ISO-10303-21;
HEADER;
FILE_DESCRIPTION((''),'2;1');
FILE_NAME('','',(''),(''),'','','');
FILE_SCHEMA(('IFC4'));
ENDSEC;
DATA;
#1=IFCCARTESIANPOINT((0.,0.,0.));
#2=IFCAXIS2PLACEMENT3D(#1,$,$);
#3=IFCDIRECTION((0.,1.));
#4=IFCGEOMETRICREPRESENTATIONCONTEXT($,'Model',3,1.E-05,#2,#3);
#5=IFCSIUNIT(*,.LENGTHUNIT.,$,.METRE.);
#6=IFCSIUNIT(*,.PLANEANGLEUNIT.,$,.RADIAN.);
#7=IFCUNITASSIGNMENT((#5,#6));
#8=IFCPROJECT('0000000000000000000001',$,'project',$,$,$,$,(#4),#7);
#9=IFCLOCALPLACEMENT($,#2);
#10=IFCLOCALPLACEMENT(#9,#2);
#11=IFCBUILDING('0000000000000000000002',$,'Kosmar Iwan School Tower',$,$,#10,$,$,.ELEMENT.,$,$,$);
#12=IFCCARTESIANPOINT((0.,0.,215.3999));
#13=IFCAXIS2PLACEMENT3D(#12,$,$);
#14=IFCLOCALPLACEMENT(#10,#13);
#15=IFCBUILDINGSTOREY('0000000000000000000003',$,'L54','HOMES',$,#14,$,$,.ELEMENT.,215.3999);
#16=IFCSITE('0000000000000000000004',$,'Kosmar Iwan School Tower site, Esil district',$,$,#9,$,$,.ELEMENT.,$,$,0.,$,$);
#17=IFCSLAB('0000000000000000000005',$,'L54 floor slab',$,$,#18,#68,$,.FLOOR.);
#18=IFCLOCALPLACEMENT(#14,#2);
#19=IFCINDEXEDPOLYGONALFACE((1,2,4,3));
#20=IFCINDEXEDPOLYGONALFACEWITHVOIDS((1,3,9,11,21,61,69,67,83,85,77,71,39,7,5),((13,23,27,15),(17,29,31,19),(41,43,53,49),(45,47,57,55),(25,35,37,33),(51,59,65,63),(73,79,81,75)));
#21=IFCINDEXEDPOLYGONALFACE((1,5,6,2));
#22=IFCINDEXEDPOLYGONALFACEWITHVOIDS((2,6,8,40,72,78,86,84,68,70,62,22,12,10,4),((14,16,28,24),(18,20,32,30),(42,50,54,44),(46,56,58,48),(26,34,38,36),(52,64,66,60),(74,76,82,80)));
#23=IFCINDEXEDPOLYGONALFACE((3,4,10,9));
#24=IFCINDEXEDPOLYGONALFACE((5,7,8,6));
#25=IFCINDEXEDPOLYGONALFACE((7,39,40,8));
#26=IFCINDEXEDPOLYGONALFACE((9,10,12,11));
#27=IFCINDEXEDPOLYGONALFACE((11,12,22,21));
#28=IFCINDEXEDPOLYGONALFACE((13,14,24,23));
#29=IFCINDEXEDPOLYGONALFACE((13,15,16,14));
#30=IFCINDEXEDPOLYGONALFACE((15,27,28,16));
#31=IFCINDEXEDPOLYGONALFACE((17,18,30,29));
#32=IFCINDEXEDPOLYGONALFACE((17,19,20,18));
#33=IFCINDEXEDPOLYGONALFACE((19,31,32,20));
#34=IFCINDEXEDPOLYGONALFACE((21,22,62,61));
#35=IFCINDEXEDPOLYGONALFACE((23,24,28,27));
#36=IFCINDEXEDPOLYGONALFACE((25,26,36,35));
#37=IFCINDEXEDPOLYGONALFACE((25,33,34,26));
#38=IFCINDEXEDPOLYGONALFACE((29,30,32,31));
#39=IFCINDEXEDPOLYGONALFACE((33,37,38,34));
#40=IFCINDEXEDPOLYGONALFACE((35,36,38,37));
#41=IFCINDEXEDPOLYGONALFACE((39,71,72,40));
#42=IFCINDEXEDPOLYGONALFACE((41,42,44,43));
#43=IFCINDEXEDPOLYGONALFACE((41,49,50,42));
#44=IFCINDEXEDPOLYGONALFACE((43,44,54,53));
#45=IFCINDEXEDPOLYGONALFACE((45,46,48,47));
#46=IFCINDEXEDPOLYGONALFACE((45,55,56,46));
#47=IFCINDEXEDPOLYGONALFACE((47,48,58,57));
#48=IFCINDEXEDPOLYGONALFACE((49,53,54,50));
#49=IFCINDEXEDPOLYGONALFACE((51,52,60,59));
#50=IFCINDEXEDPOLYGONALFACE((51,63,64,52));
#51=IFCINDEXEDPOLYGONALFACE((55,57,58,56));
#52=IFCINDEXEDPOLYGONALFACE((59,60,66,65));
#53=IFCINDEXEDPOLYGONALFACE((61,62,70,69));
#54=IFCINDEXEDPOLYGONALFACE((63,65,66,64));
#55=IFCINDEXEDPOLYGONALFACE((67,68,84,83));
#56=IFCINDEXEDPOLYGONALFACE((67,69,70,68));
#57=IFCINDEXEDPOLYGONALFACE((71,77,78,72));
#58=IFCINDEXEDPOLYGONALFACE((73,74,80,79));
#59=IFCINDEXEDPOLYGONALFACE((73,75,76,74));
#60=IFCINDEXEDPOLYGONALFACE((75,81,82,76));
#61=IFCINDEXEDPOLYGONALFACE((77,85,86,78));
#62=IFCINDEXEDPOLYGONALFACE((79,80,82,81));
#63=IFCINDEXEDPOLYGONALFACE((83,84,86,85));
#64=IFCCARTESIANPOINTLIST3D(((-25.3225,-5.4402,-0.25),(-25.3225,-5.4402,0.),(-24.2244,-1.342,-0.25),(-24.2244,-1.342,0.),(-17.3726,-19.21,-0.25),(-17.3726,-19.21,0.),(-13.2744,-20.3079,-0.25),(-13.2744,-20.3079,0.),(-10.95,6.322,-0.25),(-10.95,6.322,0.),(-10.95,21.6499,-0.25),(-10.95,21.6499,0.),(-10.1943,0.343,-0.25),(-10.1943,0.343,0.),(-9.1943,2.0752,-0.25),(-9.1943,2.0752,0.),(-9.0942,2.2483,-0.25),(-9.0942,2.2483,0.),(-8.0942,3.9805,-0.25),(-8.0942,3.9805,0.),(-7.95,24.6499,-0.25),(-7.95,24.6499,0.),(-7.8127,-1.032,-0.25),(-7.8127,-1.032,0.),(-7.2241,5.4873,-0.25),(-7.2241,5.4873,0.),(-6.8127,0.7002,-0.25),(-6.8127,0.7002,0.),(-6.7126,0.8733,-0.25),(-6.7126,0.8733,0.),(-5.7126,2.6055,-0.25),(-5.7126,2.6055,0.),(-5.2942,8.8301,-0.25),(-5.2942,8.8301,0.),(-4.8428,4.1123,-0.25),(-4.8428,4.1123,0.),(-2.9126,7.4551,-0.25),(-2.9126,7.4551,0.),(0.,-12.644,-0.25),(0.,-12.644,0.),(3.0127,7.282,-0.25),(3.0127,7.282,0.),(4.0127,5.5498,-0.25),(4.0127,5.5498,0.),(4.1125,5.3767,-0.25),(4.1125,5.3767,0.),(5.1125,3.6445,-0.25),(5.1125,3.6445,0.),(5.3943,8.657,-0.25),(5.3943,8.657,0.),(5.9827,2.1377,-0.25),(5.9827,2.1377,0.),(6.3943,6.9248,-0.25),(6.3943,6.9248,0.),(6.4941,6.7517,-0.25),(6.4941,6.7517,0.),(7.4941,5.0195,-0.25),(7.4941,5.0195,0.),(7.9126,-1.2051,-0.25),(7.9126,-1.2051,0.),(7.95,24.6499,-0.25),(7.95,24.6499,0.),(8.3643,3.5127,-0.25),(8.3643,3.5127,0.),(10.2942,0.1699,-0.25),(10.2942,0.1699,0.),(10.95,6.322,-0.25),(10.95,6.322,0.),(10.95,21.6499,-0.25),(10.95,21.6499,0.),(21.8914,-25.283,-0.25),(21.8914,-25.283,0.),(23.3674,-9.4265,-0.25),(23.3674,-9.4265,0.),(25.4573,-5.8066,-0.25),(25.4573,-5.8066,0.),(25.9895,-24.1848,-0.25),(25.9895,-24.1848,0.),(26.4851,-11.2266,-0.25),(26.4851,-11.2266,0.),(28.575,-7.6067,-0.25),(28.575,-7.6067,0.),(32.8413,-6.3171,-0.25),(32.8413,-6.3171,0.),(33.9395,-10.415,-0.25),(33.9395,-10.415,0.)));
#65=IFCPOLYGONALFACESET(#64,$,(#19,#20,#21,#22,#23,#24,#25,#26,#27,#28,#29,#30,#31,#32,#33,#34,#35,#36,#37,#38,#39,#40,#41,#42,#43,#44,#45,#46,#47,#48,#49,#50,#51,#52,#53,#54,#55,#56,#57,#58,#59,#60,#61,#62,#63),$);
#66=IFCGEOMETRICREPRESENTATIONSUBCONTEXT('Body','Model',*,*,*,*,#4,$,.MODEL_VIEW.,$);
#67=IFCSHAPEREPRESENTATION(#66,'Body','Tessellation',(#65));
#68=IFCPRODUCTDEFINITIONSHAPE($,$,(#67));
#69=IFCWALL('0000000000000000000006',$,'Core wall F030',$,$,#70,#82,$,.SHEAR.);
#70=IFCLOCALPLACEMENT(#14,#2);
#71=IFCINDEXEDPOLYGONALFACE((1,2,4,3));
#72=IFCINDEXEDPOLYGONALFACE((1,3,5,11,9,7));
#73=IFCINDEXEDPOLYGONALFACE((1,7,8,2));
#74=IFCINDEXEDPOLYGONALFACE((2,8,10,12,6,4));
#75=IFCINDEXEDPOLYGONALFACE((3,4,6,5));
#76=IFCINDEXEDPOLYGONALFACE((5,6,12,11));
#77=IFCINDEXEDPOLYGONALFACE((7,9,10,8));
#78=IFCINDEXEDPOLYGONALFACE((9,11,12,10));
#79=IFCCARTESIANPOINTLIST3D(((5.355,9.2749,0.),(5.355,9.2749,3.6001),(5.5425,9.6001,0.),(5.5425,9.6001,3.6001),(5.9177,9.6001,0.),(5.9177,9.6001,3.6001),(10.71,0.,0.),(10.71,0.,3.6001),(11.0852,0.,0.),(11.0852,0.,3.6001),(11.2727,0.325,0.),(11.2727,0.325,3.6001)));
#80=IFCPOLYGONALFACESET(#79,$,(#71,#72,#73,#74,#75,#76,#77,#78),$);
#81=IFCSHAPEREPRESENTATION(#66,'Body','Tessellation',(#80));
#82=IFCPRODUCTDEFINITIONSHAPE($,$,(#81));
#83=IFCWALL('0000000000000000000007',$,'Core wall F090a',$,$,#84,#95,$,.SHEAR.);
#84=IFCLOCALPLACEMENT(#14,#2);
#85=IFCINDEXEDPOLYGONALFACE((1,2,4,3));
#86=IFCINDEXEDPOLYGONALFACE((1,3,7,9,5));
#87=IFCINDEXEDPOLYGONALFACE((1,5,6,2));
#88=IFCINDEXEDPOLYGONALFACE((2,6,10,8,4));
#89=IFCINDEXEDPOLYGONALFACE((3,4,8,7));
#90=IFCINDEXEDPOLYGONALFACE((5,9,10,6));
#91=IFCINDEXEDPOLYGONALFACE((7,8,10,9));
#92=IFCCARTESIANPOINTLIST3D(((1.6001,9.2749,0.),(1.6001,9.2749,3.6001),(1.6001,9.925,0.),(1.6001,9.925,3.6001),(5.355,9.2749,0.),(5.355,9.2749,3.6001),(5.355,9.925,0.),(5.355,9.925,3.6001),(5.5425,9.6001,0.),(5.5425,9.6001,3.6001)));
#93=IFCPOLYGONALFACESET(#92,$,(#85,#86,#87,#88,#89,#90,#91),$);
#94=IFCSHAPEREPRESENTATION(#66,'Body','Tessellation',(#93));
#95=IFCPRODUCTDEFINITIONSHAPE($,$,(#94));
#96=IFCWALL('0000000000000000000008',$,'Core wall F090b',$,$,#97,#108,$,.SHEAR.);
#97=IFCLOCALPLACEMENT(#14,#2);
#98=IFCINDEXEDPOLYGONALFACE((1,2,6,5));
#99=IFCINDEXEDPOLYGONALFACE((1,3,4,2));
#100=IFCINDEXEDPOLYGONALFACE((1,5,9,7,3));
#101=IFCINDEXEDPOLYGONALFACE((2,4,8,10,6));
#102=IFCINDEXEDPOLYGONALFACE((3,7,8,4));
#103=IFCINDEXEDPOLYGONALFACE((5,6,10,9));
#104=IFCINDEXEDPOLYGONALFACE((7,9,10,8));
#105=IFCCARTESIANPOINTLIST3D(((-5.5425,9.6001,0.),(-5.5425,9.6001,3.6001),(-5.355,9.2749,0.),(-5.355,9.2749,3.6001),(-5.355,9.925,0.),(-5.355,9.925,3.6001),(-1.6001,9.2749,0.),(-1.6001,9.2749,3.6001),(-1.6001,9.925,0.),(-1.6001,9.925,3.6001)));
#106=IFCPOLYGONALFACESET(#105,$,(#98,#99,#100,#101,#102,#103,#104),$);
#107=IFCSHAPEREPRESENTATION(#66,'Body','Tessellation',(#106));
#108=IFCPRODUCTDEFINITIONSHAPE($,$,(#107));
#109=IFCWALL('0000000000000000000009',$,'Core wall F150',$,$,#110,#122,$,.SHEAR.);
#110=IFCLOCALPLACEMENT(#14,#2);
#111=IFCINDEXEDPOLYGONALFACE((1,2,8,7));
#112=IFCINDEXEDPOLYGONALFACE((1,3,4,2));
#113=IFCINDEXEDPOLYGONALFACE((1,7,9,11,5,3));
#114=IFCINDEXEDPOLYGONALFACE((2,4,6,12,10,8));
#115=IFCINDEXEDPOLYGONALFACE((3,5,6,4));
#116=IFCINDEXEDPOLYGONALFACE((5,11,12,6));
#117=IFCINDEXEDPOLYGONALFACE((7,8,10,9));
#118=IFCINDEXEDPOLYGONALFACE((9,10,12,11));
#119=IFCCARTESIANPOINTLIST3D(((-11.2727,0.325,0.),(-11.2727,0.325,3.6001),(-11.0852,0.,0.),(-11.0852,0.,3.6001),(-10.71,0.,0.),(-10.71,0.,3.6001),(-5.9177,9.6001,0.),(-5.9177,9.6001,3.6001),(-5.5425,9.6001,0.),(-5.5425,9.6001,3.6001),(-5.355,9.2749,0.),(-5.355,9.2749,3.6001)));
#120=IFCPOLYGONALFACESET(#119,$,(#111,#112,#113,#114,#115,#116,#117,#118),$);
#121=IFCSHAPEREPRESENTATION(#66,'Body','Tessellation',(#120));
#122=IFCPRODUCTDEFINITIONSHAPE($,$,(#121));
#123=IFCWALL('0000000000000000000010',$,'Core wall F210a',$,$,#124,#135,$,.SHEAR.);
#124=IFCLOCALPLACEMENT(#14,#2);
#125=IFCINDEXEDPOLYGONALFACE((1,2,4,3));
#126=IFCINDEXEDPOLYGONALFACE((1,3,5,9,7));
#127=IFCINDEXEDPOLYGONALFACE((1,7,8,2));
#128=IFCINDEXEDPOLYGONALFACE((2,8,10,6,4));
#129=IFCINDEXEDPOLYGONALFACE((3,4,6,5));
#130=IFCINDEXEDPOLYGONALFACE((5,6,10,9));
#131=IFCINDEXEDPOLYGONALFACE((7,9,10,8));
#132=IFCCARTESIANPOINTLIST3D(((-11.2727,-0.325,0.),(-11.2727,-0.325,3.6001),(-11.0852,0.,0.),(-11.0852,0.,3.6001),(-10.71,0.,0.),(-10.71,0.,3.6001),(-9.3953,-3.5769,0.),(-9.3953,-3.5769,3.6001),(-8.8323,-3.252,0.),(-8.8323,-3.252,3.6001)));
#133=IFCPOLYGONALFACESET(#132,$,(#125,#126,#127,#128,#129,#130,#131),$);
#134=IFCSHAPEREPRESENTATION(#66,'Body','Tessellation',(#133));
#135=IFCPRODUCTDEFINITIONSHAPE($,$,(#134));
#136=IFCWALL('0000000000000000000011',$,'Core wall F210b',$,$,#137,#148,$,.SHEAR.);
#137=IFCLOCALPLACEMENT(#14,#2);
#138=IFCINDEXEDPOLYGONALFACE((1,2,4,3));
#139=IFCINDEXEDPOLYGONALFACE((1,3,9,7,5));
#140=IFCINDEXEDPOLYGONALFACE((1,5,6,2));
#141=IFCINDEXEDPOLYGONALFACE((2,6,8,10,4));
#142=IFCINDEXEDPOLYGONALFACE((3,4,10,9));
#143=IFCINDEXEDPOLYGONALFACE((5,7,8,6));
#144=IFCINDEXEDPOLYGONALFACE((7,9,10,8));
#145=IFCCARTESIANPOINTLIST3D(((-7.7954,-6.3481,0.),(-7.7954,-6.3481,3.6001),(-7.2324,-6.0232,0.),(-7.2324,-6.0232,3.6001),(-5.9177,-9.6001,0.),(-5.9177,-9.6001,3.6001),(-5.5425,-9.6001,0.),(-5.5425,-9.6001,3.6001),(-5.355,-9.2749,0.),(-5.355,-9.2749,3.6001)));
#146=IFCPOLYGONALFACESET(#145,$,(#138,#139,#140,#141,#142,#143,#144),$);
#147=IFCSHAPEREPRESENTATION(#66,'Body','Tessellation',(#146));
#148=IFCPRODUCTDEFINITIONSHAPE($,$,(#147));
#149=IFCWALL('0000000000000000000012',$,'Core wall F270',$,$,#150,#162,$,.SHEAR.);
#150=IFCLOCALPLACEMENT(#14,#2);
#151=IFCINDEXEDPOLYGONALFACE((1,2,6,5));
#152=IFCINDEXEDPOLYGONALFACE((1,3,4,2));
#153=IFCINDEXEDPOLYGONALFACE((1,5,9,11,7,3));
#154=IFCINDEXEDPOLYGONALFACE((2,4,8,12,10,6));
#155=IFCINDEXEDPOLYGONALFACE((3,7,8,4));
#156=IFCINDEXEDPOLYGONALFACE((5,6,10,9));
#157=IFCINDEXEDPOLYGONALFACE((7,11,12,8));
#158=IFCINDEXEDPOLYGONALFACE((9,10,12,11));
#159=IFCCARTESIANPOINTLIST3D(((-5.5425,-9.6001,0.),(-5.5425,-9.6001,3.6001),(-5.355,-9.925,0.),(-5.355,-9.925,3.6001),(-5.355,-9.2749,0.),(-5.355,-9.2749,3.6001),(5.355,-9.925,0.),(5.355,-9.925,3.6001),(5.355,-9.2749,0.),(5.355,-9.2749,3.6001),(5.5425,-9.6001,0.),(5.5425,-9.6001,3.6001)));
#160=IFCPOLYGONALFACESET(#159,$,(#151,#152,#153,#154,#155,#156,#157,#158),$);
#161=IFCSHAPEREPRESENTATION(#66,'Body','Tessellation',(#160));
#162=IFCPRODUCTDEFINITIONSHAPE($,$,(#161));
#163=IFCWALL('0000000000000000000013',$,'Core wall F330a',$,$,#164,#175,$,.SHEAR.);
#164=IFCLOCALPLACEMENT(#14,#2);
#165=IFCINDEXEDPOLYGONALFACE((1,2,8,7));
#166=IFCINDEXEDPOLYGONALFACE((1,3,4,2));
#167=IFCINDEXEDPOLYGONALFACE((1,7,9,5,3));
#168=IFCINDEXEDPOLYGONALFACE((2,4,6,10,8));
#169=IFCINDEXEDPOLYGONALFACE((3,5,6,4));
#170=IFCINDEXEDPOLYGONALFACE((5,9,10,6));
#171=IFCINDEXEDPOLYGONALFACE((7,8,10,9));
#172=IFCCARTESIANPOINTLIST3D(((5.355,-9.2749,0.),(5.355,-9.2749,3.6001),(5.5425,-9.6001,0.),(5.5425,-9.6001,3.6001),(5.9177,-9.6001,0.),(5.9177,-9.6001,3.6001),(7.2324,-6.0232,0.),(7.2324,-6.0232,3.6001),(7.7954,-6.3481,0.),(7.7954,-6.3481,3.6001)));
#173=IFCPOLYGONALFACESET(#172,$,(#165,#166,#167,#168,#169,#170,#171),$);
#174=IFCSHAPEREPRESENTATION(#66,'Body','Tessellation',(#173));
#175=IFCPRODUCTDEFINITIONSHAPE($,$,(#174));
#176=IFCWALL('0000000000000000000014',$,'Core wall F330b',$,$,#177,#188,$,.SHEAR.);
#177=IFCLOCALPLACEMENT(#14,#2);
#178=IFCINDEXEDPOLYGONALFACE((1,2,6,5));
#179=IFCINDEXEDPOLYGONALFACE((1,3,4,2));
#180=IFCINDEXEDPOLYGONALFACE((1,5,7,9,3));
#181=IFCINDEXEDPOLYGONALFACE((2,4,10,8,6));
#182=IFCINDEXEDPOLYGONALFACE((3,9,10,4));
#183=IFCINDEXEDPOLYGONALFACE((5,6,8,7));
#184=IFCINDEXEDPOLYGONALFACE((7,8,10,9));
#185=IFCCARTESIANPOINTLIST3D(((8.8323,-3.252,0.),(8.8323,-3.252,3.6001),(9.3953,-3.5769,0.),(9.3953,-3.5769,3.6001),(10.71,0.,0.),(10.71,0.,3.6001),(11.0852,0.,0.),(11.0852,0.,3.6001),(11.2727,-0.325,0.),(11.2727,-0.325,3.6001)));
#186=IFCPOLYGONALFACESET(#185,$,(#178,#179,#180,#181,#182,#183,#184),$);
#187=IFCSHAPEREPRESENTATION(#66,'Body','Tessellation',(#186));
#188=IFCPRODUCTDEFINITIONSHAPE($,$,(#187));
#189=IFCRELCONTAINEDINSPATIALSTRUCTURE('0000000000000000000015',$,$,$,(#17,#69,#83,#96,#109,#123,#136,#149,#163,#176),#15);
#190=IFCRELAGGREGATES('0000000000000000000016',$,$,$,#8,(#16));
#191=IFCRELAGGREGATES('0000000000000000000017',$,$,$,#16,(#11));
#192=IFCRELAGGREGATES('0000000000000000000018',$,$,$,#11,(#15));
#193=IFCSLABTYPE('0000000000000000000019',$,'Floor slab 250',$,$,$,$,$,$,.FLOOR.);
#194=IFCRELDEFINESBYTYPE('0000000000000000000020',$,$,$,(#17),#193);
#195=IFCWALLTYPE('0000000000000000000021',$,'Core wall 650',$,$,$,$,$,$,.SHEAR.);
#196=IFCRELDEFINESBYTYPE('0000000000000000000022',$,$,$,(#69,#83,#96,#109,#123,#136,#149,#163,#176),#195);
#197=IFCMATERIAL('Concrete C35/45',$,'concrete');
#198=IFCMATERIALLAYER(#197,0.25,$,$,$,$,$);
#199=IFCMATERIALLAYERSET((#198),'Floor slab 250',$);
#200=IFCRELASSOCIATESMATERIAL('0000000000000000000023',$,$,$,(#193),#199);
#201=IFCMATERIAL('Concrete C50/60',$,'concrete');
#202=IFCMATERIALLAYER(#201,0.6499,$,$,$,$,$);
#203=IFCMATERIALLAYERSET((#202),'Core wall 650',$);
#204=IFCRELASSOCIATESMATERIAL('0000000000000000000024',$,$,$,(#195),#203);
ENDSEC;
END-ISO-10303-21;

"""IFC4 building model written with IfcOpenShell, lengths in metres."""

from ifc_helpers import new_model, si_unit, direction, frame, origin, place, context, subcontext, project, spatial, polyline, outline, extrude, material, layer, layer_set, type_object, element, save


model = new_model("IFC4")

# Units and contexts
model_context = context("Model", 3, precision=1e-05, world=origin(), true_north=direction((0.0, 1.0)))
body_context = subcontext(model_context, "Body", "Model", "MODEL_VIEW")
ifc_project = project(units=[si_unit("LENGTHUNIT", "METRE"), si_unit("PLANEANGLEUNIT", "RADIAN")], contexts=[model_context])

# Site, building, storey
site_placement = place(None, origin())
site = spatial("IfcSite", under=ifc_project, at=site_placement, Name="Kosmar Iwan School Tower site, Esil district", CompositionType="ELEMENT", RefElevation=0.0)
building_placement = place(site_placement, origin())
building = spatial("IfcBuilding", under=site, at=building_placement, Name="Kosmar Iwan School Tower", CompositionType="ELEMENT")
storey_placement = place(building_placement, frame((0.0, 0.0, 215.3999)))
storey = spatial("IfcBuildingStorey", under=building, at=storey_placement, Name="L54", Description="HOMES", CompositionType="ELEMENT", Elevation=215.3999)

# Slab
ifc_material_1 = material(Name="Concrete C35/45", Category="concrete")
ifc_layer_1 = layer(ifc_material_1, 0.25)
ifc_layer_set_1 = layer_set([ifc_layer_1], Name="Floor slab 250")
slab_type = type_object("IfcSlabType", Name="Floor slab 250", PredefinedType="FLOOR", material=ifc_layer_set_1)
slab_placement = place(storey_placement, frame((0.0, 0.0, -0.25)))
element("IfcSlab", 1, at=slab_placement, inside=storey, type_object=slab_type, Name="L54 floor slab", PredefinedType="FLOOR", context=body_context, shape_type="SweptSolid", body=[
    extrude(outline(polyline([(21.8914, -25.283), (25.9895, -24.1848), (33.9395, -10.415), (32.8413, -6.3171), (10.95, 6.322), (10.95, 21.6499), (7.95, 24.6499), (-7.95, 24.6499), (-10.95, 21.6499), (-10.95, 6.322), (-24.2244, -1.342), (-25.3225, -5.4402), (-17.3726, -19.21), (-13.2744, -20.3079), (0.0, -12.644), (21.8914, -25.283)]), holes=[polyline([(7.9126, -1.2051), (10.2942, 0.1699), (8.3643, 3.5127), (5.9827, 2.1377), (7.9126, -1.2051)]), polyline([(-2.9126, 7.4551), (-5.2942, 8.8301), (-7.2241, 5.4873), (-4.8428, 4.1123), (-2.9126, 7.4551)]), polyline([(-5.7126, 2.6055), (-8.0942, 3.9805), (-9.0942, 2.2483), (-6.7126, 0.8733), (-5.7126, 2.6055)]), polyline([(-6.8127, 0.7002), (-9.1943, 2.0752), (-10.1943, 0.343), (-7.8127, -1.032), (-6.8127, 0.7002)]), polyline([(5.1125, 3.6445), (7.4941, 5.0195), (6.4941, 6.7517), (4.1125, 5.3767), (5.1125, 3.6445)]), polyline([(4.0127, 5.5498), (6.3943, 6.9248), (5.3943, 8.657), (3.0127, 7.282), (4.0127, 5.5498)]), polyline([(23.3674, -9.4265), (26.4851, -11.2266), (28.575, -7.6067), (25.4573, -5.8066), (23.3674, -9.4265)])]), origin(), (0.0, 0.0, 1.0), 0.25),
])

# Walls
ifc_material_2 = material(Name="Concrete C50/60", Category="concrete")
ifc_layer_2 = layer(ifc_material_2, 0.6499)
ifc_layer_set_2 = layer_set([ifc_layer_2], Name="Core wall 650")
wall_type_1 = type_object("IfcWallType", Name="Core wall 650", PredefinedType="SHEAR", material=ifc_layer_set_2)
wall_1_placement = place(storey_placement, origin())
element("IfcWall", 2, at=wall_1_placement, inside=storey, type_object=wall_type_1, Name="Core wall F030", PredefinedType="SHEAR", context=body_context, shape_type="SweptSolid", body=[
    extrude(outline(polyline([(10.71, 0.0), (11.0852, 0.0), (11.2727, 0.325), (5.9177, 9.6001), (5.5425, 9.6001), (5.355, 9.2749), (10.71, 0.0)])), origin(), (0.0, 0.0, 1.0), 3.6001),
])
wall_2_placement = place(storey_placement, origin())
element("IfcWall", 3, at=wall_2_placement, inside=storey, type_object=wall_type_1, Name="Core wall F090a", PredefinedType="SHEAR", context=body_context, shape_type="SweptSolid", body=[
    extrude(outline(polyline([(1.6001, 9.2749), (5.355, 9.2749), (5.5425, 9.6001), (5.355, 9.925), (1.6001, 9.925), (1.6001, 9.2749)])), origin(), (0.0, 0.0, 1.0), 3.6001),
])
wall_3_placement = place(storey_placement, origin())
element("IfcWall", 4, at=wall_3_placement, inside=storey, type_object=wall_type_1, Name="Core wall F090b", PredefinedType="SHEAR", context=body_context, shape_type="SweptSolid", body=[
    extrude(outline(polyline([(-5.355, 9.2749), (-1.6001, 9.2749), (-1.6001, 9.925), (-5.355, 9.925), (-5.5425, 9.6001), (-5.355, 9.2749)])), origin(), (0.0, 0.0, 1.0), 3.6001),
])
wall_4_placement = place(storey_placement, origin())
element("IfcWall", 5, at=wall_4_placement, inside=storey, type_object=wall_type_1, Name="Core wall F150", PredefinedType="SHEAR", context=body_context, shape_type="SweptSolid", body=[
    extrude(outline(polyline([(-11.0852, 0.0), (-10.71, 0.0), (-5.355, 9.2749), (-5.5425, 9.6001), (-5.9177, 9.6001), (-11.2727, 0.325), (-11.0852, 0.0)])), origin(), (0.0, 0.0, 1.0), 3.6001),
])
wall_5_placement = place(storey_placement, origin())
element("IfcWall", 6, at=wall_5_placement, inside=storey, type_object=wall_type_1, Name="Core wall F210a", PredefinedType="SHEAR", context=body_context, shape_type="SweptSolid", body=[
    extrude(outline(polyline([(-9.3953, -3.5769), (-8.8323, -3.252), (-10.71, 0.0), (-11.0852, 0.0), (-11.2727, -0.325), (-9.3953, -3.5769)])), origin(), (0.0, 0.0, 1.0), 3.6001),
])
wall_6_placement = place(storey_placement, origin())
element("IfcWall", 7, at=wall_6_placement, inside=storey, type_object=wall_type_1, Name="Core wall F210b", PredefinedType="SHEAR", context=body_context, shape_type="SweptSolid", body=[
    extrude(outline(polyline([(-5.9177, -9.6001), (-5.5425, -9.6001), (-5.355, -9.2749), (-7.2324, -6.0232), (-7.7954, -6.3481), (-5.9177, -9.6001)])), origin(), (0.0, 0.0, 1.0), 3.6001),
])
wall_7_placement = place(storey_placement, origin())
element("IfcWall", 8, at=wall_7_placement, inside=storey, type_object=wall_type_1, Name="Core wall F270", PredefinedType="SHEAR", context=body_context, shape_type="SweptSolid", body=[
    extrude(outline(polyline([(-5.355, -9.925), (5.355, -9.925), (5.5425, -9.6001), (5.355, -9.2749), (-5.355, -9.2749), (-5.5425, -9.6001), (-5.355, -9.925)])), origin(), (0.0, 0.0, 1.0), 3.6001),
])
wall_8_placement = place(storey_placement, origin())
element("IfcWall", 9, at=wall_8_placement, inside=storey, type_object=wall_type_1, Name="Core wall F330a", PredefinedType="SHEAR", context=body_context, shape_type="SweptSolid", body=[
    extrude(outline(polyline([(5.5425, -9.6001), (5.9177, -9.6001), (7.7954, -6.3481), (7.2324, -6.0232), (5.355, -9.2749), (5.5425, -9.6001)])), origin(), (0.0, 0.0, 1.0), 3.6001),
])
wall_9_placement = place(storey_placement, origin())
element("IfcWall", 10, at=wall_9_placement, inside=storey, type_object=wall_type_1, Name="Core wall F330b", PredefinedType="SHEAR", context=body_context, shape_type="SweptSolid", body=[
    extrude(outline(polyline([(9.3953, -3.5769), (11.2727, -0.325), (11.0852, 0.0), (10.71, 0.0), (8.8323, -3.252), (9.3953, -3.5769)])), origin(), (0.0, 0.0, 1.0), 3.6001),
])

save(model, "model.ifc")
